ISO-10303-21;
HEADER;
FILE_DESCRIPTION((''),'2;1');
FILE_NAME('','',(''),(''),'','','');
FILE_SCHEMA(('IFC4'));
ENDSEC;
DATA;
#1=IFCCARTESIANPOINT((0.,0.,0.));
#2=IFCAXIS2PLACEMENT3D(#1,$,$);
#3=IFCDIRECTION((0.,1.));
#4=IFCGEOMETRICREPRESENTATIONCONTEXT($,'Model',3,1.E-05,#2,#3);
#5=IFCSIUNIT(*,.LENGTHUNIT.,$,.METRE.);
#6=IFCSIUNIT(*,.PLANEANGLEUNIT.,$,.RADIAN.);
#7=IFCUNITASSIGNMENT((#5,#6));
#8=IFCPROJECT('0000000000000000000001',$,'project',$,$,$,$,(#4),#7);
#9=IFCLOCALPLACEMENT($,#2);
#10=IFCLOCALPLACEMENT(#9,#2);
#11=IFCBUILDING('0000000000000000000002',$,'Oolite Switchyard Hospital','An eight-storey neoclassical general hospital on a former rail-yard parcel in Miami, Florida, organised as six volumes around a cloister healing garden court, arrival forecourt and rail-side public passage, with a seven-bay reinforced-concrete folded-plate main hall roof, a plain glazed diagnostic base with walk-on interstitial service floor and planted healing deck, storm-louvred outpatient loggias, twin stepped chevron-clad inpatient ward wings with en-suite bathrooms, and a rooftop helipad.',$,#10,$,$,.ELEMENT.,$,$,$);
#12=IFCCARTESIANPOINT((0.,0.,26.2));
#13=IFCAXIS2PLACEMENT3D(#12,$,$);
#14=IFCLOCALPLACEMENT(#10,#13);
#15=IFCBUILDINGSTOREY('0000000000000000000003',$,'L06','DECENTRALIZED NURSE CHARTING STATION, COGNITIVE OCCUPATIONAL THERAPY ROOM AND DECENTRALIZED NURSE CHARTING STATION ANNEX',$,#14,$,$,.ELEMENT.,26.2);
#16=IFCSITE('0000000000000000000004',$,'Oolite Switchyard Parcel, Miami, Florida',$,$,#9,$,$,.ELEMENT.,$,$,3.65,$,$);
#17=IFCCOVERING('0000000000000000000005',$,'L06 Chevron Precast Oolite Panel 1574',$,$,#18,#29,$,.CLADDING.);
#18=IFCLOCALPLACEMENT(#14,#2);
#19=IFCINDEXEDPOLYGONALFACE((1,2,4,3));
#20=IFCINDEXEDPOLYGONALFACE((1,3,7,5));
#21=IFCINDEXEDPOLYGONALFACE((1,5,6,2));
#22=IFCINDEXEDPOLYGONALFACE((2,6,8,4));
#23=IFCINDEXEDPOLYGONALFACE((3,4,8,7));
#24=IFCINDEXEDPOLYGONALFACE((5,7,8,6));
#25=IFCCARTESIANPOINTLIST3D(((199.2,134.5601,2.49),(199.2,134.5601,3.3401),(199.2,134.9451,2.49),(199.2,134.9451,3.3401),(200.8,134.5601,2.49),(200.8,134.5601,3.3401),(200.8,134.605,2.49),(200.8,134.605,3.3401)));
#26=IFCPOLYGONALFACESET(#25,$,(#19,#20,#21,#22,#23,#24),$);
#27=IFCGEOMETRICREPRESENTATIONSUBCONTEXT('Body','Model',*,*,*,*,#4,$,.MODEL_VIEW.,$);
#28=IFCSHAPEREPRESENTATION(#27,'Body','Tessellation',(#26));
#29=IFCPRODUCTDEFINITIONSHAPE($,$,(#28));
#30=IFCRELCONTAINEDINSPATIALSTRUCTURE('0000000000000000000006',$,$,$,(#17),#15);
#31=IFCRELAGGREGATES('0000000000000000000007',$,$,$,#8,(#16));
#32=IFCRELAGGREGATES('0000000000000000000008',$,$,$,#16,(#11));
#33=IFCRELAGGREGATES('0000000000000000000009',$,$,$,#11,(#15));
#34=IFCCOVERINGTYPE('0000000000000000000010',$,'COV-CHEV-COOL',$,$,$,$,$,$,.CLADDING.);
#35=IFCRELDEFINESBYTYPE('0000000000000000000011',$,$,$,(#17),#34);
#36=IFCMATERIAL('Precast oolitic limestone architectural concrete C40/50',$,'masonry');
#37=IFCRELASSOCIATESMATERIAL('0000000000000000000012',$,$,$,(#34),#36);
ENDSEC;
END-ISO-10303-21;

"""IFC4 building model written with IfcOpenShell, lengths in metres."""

from ifc_helpers import new_model, si_unit, direction, frame, origin, place, context, subcontext, project, spatial, polyline, outline, extrude, material, type_object, element, save


model = new_model("IFC4")

# Units and contexts
model_context = context("Model", 3, precision=1e-05, world=origin(), true_north=direction((0.0, 1.0)))
body_context = subcontext(model_context, "Body", "Model", "MODEL_VIEW")
ifc_project = project(units=[si_unit("LENGTHUNIT", "METRE"), si_unit("PLANEANGLEUNIT", "RADIAN")], contexts=[model_context])

# Site, building, storey
site_placement = place(None, origin())
site = spatial("IfcSite", under=ifc_project, at=site_placement, Name="Oolite Switchyard Parcel, Miami, Florida", CompositionType="ELEMENT", RefElevation=3.65)
building_placement = place(site_placement, origin())
building = spatial("IfcBuilding", under=site, at=building_placement, Name="Oolite Switchyard Hospital", Description="An eight-storey neoclassical general hospital on a former rail-yard parcel in Miami, Florida, organised as six volumes around a cloister healing garden court, arrival forecourt and rail-side public passage, with a seven-bay reinforced-concrete folded-plate main hall roof, a plain glazed diagnostic base with walk-on interstitial service floor and planted healing deck, storm-louvred outpatient loggias, twin stepped chevron-clad inpatient ward wings with en-suite bathrooms, and a rooftop helipad.", CompositionType="ELEMENT")
storey_placement = place(building_placement, frame((0.0, 0.0, 26.2)))
storey = spatial("IfcBuildingStorey", under=building, at=storey_placement, Name="L06", Description="DECENTRALIZED NURSE CHARTING STATION, COGNITIVE OCCUPATIONAL THERAPY ROOM AND DECENTRALIZED NURSE CHARTING STATION ANNEX", CompositionType="ELEMENT", Elevation=26.2)

# Shared definitions
ifc_material_1 = material(Name="Precast oolitic limestone architectural concrete C40/50", Category="masonry")

# Covering
covering_type = type_object("IfcCoveringType", Name="COV-CHEV-COOL", PredefinedType="CLADDING", material=ifc_material_1)
covering_1_placement = place(storey_placement, frame((199.2, 134.5601, 2.49), z_axis=(0.0, 0.0, 1.0), x_axis=(1.0, 0.0, 0.0)))
element("IfcCovering", 1, at=covering_1_placement, inside=storey, type_object=covering_type, Name="L06 Chevron Precast Oolite Panel 1574", PredefinedType="CLADDING", context=body_context, shape_type="SweptSolid", body=[
    extrude(outline(polyline([(0.0, 0.0), (1.6001, 0.0), (1.6001, 0.0449), (0.0, 0.385), (0.0, 0.0)])), origin(), (0.0, 0.0, 1.0), 0.8501),
])

save(model, "model.ifc")
